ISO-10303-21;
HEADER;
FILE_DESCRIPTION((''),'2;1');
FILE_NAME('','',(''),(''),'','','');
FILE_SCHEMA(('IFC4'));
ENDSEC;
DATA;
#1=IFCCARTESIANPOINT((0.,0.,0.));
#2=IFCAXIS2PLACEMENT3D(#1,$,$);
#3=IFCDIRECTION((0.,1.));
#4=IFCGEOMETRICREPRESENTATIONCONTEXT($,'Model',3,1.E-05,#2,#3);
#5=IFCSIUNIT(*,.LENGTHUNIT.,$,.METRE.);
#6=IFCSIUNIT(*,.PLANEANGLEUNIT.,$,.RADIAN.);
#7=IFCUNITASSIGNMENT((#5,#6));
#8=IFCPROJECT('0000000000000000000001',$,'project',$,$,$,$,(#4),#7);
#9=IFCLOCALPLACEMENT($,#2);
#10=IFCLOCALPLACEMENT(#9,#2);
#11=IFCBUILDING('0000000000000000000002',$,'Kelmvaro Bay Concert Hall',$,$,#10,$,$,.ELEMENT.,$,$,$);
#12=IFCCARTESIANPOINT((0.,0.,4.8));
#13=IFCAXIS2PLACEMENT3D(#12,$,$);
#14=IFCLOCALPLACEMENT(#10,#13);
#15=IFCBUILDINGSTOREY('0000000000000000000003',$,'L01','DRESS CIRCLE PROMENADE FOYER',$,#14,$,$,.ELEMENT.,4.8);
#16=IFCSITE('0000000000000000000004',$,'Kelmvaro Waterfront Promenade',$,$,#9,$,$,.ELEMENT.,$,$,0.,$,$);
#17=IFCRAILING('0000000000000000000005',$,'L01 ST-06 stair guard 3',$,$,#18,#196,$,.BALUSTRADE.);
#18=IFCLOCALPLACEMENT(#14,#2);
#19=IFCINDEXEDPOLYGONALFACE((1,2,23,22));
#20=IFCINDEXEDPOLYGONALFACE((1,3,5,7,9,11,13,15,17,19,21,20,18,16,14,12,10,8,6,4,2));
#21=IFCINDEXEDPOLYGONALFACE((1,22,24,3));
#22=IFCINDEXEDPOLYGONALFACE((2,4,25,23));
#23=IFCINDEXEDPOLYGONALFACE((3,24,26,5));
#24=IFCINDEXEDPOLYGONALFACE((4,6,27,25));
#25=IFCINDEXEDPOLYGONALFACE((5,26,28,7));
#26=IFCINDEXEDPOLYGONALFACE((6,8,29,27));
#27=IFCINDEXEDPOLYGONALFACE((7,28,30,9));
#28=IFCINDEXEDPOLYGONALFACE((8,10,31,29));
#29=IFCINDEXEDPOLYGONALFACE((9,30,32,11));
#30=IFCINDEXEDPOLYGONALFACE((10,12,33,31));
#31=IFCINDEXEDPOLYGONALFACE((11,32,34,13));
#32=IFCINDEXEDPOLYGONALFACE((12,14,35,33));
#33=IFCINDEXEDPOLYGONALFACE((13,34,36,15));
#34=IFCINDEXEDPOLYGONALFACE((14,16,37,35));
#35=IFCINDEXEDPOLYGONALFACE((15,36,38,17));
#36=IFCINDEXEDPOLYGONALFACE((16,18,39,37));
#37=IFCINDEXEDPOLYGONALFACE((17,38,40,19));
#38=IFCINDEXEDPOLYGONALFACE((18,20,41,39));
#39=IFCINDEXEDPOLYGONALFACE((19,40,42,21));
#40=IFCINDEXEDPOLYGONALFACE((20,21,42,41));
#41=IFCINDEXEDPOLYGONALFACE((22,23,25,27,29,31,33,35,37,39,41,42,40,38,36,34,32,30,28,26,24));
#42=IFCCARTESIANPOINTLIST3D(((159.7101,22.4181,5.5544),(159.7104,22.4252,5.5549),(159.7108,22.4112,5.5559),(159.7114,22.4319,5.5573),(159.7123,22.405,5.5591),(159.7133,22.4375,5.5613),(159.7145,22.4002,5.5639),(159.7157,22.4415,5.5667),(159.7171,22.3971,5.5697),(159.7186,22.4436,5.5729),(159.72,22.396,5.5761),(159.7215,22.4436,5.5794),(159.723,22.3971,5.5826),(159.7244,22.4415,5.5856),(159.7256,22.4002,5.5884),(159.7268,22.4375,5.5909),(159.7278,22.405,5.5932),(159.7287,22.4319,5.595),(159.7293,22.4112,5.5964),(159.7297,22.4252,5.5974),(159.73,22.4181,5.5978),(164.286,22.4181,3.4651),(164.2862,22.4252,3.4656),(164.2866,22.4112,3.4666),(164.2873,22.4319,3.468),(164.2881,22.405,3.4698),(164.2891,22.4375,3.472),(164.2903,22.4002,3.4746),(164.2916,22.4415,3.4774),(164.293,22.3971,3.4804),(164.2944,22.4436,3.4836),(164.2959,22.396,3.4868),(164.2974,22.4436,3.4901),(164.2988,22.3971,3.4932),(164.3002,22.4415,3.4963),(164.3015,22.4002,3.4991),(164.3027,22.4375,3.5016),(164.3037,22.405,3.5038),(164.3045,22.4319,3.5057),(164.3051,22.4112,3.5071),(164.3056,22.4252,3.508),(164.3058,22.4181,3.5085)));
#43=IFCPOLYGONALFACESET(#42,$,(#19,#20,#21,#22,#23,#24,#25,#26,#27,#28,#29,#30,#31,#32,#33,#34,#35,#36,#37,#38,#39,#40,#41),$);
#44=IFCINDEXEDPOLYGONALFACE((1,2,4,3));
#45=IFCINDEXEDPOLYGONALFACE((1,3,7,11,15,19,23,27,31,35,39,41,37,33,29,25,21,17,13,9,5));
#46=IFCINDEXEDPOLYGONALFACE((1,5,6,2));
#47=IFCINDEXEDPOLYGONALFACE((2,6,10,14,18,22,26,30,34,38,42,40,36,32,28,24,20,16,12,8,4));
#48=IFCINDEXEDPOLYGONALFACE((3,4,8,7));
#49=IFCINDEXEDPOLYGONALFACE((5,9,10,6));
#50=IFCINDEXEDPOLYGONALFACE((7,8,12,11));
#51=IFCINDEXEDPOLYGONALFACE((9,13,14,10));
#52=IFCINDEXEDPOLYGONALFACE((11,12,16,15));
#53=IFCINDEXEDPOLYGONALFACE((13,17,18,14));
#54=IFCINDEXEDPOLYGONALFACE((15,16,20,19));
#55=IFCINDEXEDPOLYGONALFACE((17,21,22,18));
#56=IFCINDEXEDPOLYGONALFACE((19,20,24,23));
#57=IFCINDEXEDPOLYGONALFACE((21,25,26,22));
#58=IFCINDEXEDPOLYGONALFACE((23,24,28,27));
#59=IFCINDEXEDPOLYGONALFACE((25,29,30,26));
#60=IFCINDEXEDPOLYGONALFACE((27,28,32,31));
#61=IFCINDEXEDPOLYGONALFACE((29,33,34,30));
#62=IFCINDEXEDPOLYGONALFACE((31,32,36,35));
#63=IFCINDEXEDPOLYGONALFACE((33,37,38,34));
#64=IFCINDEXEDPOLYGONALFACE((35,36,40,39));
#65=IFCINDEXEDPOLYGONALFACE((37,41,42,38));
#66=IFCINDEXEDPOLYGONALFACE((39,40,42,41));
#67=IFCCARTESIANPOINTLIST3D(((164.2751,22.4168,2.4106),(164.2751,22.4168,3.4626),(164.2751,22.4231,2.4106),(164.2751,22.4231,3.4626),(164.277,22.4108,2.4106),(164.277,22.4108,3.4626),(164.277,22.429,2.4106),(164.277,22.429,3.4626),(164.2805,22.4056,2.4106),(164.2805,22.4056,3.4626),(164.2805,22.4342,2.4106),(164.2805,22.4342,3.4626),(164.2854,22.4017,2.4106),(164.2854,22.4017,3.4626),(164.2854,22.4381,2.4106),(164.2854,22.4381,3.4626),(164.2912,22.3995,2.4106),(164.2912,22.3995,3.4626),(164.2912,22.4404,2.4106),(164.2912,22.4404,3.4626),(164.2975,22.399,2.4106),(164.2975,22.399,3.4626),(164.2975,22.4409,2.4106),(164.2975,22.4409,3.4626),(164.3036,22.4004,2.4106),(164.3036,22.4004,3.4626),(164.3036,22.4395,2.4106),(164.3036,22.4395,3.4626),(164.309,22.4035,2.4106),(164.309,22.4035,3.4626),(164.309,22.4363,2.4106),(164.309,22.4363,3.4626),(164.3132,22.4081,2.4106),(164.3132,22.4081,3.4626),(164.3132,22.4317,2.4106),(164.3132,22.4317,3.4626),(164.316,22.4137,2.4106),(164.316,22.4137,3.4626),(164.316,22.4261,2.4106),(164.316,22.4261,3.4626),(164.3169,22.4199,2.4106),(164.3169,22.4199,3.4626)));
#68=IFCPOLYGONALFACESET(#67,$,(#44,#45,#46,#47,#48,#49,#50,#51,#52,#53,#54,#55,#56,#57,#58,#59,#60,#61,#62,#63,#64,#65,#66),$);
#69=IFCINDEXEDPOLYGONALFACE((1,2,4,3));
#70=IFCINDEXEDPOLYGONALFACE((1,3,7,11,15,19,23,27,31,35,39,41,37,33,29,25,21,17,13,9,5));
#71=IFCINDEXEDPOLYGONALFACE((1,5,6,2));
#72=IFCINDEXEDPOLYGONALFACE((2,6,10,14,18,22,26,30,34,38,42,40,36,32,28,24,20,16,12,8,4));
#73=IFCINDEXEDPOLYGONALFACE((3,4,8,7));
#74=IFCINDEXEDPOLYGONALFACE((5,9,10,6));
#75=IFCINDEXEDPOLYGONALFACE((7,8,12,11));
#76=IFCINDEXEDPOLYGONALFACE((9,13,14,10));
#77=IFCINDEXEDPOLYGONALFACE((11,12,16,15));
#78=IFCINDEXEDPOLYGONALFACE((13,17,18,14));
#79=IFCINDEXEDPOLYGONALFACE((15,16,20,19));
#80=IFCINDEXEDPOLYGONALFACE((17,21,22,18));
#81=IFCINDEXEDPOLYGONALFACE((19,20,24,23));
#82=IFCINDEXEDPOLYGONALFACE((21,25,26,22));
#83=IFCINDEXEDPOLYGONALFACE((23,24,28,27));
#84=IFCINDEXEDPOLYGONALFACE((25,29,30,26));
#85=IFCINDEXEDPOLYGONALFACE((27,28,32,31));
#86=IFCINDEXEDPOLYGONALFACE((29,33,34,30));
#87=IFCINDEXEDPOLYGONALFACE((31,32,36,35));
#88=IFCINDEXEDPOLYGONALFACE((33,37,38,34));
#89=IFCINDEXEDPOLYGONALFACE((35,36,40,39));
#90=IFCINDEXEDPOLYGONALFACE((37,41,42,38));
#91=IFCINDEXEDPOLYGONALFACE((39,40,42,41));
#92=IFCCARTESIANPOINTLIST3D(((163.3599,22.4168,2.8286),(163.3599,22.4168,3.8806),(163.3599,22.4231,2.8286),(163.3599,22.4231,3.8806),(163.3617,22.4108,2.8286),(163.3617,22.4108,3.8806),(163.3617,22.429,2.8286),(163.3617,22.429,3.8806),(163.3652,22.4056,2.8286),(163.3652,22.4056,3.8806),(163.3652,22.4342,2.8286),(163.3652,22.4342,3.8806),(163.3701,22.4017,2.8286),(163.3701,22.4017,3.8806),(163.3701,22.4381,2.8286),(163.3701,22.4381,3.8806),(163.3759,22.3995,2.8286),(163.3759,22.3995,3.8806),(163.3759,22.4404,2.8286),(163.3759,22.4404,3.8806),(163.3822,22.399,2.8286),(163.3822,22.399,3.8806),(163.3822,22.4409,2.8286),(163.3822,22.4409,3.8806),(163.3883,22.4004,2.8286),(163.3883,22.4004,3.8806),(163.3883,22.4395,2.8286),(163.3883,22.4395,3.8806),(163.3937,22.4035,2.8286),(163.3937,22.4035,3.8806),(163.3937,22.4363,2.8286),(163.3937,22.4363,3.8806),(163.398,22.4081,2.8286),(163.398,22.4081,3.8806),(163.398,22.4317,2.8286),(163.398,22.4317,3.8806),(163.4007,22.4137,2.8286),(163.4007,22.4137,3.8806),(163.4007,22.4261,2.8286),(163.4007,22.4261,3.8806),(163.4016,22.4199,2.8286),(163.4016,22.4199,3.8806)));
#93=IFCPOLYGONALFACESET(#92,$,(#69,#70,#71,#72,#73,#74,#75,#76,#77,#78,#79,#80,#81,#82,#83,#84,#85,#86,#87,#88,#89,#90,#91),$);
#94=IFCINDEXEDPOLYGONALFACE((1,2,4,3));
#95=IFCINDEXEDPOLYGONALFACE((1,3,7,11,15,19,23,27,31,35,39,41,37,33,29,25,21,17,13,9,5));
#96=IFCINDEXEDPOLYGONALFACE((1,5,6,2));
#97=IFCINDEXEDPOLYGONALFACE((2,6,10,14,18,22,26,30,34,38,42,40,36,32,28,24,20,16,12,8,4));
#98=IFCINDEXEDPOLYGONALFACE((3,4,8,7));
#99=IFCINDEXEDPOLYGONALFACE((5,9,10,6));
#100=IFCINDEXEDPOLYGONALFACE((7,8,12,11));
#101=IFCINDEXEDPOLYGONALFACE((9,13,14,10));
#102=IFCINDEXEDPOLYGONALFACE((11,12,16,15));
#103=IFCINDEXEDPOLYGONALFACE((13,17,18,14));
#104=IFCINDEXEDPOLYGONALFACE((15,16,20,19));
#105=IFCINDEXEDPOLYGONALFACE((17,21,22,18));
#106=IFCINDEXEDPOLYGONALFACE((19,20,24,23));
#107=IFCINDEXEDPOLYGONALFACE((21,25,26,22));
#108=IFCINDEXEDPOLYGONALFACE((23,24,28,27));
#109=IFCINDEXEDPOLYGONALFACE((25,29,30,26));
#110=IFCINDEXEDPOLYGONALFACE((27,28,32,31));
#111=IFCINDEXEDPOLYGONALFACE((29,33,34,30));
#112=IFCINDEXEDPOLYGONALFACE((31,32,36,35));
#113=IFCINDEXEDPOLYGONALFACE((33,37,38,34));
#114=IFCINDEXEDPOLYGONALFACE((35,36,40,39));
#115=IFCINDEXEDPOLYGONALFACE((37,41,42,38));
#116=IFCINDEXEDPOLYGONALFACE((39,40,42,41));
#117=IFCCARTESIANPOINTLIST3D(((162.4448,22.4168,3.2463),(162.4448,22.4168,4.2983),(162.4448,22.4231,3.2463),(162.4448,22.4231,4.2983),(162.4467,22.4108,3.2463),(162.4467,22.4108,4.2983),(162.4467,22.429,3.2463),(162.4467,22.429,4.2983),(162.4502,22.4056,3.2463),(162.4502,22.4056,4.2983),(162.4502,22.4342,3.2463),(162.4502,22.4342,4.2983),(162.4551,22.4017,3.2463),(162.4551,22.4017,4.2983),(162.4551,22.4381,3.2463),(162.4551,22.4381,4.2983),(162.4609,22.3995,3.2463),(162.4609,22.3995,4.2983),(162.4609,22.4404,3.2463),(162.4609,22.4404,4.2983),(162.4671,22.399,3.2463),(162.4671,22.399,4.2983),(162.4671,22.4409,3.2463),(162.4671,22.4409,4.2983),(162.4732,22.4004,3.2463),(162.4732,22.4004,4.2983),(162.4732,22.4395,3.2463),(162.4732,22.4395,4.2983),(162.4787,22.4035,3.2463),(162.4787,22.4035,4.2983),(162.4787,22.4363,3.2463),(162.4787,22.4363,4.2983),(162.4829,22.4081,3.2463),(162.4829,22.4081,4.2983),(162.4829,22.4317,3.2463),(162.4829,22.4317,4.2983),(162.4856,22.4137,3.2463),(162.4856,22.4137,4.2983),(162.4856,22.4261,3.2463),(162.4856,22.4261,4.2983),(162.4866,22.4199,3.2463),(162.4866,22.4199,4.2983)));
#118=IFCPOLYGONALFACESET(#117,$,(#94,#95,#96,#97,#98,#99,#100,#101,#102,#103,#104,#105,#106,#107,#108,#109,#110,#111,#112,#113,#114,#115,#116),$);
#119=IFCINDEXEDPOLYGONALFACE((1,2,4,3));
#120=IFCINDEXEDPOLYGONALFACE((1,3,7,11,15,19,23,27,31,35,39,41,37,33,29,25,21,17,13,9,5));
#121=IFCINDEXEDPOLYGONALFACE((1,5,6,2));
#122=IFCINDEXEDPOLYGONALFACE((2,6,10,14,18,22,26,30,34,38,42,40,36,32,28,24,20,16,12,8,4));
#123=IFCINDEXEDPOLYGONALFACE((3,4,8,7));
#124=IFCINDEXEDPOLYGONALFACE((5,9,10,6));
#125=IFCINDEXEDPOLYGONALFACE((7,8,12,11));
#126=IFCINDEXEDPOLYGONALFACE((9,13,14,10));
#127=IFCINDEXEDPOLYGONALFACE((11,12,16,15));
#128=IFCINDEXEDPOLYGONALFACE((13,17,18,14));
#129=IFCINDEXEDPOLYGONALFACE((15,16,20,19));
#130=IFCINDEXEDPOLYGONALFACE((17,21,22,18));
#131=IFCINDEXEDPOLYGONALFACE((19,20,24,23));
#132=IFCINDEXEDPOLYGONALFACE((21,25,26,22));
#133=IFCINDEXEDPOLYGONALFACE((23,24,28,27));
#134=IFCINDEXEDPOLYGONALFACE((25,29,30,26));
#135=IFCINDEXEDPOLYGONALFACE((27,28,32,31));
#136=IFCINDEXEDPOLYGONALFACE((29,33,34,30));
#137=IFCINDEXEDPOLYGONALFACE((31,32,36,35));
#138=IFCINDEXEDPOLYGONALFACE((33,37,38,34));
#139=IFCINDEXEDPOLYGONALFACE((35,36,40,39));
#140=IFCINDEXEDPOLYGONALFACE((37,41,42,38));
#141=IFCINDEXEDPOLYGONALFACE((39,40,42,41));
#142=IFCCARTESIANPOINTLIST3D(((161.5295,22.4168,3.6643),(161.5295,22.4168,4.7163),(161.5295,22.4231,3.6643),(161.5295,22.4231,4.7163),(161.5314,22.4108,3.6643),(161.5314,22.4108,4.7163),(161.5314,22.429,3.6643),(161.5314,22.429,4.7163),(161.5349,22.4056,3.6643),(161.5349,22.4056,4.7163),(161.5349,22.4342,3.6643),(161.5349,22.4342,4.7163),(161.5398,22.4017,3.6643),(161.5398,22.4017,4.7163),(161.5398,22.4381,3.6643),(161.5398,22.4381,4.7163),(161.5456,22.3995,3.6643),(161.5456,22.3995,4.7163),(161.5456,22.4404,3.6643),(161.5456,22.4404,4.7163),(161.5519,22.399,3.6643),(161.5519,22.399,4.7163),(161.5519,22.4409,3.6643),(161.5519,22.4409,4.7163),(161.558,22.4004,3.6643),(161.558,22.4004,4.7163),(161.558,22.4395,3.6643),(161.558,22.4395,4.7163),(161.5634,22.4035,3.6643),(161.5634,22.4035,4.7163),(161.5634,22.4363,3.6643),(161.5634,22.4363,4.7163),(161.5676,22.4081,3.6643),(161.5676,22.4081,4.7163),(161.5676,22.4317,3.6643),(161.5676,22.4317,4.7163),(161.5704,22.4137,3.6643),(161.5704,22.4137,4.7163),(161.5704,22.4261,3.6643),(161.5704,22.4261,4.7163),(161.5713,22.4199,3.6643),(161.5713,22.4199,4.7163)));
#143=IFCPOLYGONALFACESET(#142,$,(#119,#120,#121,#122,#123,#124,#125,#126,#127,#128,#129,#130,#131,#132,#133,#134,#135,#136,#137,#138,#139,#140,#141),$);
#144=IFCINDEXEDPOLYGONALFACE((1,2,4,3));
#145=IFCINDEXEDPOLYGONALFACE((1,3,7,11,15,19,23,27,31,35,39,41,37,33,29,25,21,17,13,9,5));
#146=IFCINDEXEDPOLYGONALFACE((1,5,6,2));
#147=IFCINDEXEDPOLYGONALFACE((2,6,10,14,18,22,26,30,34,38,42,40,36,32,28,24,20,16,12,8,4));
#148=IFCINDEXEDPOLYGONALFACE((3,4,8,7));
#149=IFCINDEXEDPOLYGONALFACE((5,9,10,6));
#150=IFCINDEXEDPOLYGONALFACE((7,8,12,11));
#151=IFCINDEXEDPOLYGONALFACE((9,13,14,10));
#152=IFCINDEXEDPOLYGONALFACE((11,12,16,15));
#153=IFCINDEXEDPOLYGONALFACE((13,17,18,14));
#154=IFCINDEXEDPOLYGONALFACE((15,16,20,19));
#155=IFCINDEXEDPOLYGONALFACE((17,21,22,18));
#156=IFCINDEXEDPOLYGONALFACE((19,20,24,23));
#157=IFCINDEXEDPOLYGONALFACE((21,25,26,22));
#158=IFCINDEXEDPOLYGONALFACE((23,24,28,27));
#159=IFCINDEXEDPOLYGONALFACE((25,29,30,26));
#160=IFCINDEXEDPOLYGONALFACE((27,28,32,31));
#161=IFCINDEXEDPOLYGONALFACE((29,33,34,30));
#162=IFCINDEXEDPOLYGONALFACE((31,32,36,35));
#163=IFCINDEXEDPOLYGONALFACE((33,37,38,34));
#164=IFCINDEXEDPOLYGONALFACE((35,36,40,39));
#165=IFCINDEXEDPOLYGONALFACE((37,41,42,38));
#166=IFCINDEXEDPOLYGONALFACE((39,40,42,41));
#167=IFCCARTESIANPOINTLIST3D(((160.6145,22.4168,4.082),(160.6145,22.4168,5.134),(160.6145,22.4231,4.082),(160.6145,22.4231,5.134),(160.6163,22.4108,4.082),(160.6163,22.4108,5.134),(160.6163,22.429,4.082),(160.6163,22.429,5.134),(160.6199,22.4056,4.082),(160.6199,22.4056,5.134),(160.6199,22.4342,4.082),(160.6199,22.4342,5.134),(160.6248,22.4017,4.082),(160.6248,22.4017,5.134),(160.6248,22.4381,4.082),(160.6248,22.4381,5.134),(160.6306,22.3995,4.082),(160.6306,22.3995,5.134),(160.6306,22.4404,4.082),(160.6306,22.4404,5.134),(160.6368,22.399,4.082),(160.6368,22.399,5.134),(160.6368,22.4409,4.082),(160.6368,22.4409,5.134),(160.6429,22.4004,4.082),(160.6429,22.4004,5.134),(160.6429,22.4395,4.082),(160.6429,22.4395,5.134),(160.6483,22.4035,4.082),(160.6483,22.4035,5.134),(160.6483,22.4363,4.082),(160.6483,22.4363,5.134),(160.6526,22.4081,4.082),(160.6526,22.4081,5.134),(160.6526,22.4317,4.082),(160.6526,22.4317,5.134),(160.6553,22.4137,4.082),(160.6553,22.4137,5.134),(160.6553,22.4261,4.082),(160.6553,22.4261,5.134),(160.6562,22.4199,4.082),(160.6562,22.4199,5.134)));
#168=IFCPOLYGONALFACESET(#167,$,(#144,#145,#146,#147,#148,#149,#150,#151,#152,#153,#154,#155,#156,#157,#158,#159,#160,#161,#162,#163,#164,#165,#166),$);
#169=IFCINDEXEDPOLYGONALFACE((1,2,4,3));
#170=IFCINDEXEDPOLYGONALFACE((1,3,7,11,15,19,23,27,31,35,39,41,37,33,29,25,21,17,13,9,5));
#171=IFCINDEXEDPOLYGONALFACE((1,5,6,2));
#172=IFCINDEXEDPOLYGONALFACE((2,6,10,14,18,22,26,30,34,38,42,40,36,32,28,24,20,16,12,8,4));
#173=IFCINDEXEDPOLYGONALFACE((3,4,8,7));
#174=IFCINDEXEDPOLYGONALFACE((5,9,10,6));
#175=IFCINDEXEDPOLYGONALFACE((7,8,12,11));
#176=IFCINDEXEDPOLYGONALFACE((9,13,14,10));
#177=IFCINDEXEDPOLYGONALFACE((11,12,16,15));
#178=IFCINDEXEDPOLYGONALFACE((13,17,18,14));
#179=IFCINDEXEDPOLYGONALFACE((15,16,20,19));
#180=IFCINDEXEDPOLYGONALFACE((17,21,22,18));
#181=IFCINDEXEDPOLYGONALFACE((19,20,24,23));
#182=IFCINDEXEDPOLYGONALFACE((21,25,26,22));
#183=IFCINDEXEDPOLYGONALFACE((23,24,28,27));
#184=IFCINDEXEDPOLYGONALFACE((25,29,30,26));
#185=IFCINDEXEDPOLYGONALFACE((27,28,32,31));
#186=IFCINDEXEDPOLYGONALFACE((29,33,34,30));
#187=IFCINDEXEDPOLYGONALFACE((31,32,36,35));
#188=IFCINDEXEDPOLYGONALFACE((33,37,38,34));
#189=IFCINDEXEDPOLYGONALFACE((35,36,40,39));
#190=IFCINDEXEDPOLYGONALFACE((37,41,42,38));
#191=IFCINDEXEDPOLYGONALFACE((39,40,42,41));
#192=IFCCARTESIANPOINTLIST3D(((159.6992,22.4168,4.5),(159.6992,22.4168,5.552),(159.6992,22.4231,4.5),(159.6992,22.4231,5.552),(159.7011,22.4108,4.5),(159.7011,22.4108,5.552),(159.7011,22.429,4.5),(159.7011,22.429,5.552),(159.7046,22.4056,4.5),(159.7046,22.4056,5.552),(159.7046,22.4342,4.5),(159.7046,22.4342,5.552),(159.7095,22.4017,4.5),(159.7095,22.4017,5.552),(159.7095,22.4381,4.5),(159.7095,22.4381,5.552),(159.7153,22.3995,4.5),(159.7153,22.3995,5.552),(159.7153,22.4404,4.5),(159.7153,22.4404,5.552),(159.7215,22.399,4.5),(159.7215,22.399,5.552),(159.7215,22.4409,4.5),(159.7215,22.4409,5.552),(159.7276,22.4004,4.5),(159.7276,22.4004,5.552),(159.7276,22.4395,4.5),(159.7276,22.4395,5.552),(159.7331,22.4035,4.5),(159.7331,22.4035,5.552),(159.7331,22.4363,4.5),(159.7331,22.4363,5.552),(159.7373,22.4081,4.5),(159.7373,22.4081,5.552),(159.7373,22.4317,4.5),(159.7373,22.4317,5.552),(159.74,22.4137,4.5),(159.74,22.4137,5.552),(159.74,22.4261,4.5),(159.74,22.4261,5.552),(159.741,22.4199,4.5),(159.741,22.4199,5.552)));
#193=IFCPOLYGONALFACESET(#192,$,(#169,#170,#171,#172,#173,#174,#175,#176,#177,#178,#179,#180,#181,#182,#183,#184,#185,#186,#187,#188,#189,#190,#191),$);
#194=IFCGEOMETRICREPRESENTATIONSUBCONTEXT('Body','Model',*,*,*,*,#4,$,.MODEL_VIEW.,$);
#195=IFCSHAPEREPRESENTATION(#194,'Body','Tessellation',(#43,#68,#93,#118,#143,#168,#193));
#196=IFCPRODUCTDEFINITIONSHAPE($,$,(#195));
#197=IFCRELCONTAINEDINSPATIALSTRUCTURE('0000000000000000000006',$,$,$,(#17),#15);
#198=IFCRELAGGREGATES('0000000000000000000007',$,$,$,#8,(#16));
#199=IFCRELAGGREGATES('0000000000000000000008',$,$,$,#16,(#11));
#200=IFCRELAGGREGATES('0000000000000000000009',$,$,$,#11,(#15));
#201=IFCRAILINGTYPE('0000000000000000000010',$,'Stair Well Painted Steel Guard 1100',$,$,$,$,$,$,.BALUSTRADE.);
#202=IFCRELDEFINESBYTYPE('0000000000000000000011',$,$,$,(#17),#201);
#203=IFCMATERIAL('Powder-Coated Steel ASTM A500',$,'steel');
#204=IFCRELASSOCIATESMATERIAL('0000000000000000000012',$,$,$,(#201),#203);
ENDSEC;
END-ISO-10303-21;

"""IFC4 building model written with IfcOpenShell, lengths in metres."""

from ifc_helpers import new_model, si_unit, direction, frame, origin, origin_2d, place, context, subcontext, project, spatial, circle, extrude, material, type_object, element, save


model = new_model("IFC4")

# Units and contexts
model_context = context("Model", 3, precision=1e-05, world=origin(), true_north=direction((0.0, 1.0)))
body_context = subcontext(model_context, "Body", "Model", "MODEL_VIEW")
ifc_project = project(units=[si_unit("LENGTHUNIT", "METRE"), si_unit("PLANEANGLEUNIT", "RADIAN")], contexts=[model_context])

# Site, building, storey
site_placement = place(None, origin())
site = spatial("IfcSite", under=ifc_project, at=site_placement, Name="Kelmvaro Waterfront Promenade", CompositionType="ELEMENT", RefElevation=0.0)
building_placement = place(site_placement, origin())
building = spatial("IfcBuilding", under=site, at=building_placement, Name="Kelmvaro Bay Concert Hall", CompositionType="ELEMENT")
storey_placement = place(building_placement, frame((0.0, 0.0, 4.8)))
storey = spatial("IfcBuildingStorey", under=building, at=storey_placement, Name="L01", Description="DRESS CIRCLE PROMENADE FOYER", CompositionType="ELEMENT", Elevation=4.8)

# Railing
ifc_material_1 = material(Name="Powder-Coated Steel ASTM A500", Category="steel")
railing_type_1 = type_object("IfcRailingType", Name="Stair Well Painted Steel Guard 1100", PredefinedType="BALUSTRADE", material=ifc_material_1)
railing_1_placement = place(storey_placement, frame((164.2959, 22.4199, 2.4106)))
element("IfcRailing", 1, at=railing_1_placement, inside=storey, type_object=railing_type_1, Name="L01 ST-06 stair guard 3", PredefinedType="BALUSTRADE", context=body_context, shape_type="SweptSolid", body=[
    extrude(circle(Radius=0.0239, at=origin_2d()), frame((0.0, 0.0, 1.0762), z_axis=(-0.909662, 0.0, 0.415349), x_axis=(0.0, -1.0, 0.0)), (0.0, 0.0, 1.0), 5.0303),
    extrude(circle(Radius=0.021, at=origin_2d()), origin(), (0.0, 0.0, 1.0), 1.052),
    extrude(circle(Radius=0.021, at=origin_2d()), frame((-0.9153, 0.0, 0.418)), (0.0, 0.0, 1.0), 1.052),
    extrude(circle(Radius=0.021, at=origin_2d()), frame((-1.8303, 0.0, 0.8357)), (0.0, 0.0, 1.0), 1.052),
    extrude(circle(Radius=0.021, at=origin_2d()), frame((-2.7456, 0.0, 1.2537)), (0.0, 0.0, 1.0), 1.052),
    extrude(circle(Radius=0.021, at=origin_2d()), frame((-3.6606, 0.0, 1.6714)), (0.0, 0.0, 1.0), 1.052),
    extrude(circle(Radius=0.021, at=origin_2d()), frame((-4.5759, 0.0, 2.0894)), (0.0, 0.0, 1.0), 1.052),
])

save(model, "model.ifc")
